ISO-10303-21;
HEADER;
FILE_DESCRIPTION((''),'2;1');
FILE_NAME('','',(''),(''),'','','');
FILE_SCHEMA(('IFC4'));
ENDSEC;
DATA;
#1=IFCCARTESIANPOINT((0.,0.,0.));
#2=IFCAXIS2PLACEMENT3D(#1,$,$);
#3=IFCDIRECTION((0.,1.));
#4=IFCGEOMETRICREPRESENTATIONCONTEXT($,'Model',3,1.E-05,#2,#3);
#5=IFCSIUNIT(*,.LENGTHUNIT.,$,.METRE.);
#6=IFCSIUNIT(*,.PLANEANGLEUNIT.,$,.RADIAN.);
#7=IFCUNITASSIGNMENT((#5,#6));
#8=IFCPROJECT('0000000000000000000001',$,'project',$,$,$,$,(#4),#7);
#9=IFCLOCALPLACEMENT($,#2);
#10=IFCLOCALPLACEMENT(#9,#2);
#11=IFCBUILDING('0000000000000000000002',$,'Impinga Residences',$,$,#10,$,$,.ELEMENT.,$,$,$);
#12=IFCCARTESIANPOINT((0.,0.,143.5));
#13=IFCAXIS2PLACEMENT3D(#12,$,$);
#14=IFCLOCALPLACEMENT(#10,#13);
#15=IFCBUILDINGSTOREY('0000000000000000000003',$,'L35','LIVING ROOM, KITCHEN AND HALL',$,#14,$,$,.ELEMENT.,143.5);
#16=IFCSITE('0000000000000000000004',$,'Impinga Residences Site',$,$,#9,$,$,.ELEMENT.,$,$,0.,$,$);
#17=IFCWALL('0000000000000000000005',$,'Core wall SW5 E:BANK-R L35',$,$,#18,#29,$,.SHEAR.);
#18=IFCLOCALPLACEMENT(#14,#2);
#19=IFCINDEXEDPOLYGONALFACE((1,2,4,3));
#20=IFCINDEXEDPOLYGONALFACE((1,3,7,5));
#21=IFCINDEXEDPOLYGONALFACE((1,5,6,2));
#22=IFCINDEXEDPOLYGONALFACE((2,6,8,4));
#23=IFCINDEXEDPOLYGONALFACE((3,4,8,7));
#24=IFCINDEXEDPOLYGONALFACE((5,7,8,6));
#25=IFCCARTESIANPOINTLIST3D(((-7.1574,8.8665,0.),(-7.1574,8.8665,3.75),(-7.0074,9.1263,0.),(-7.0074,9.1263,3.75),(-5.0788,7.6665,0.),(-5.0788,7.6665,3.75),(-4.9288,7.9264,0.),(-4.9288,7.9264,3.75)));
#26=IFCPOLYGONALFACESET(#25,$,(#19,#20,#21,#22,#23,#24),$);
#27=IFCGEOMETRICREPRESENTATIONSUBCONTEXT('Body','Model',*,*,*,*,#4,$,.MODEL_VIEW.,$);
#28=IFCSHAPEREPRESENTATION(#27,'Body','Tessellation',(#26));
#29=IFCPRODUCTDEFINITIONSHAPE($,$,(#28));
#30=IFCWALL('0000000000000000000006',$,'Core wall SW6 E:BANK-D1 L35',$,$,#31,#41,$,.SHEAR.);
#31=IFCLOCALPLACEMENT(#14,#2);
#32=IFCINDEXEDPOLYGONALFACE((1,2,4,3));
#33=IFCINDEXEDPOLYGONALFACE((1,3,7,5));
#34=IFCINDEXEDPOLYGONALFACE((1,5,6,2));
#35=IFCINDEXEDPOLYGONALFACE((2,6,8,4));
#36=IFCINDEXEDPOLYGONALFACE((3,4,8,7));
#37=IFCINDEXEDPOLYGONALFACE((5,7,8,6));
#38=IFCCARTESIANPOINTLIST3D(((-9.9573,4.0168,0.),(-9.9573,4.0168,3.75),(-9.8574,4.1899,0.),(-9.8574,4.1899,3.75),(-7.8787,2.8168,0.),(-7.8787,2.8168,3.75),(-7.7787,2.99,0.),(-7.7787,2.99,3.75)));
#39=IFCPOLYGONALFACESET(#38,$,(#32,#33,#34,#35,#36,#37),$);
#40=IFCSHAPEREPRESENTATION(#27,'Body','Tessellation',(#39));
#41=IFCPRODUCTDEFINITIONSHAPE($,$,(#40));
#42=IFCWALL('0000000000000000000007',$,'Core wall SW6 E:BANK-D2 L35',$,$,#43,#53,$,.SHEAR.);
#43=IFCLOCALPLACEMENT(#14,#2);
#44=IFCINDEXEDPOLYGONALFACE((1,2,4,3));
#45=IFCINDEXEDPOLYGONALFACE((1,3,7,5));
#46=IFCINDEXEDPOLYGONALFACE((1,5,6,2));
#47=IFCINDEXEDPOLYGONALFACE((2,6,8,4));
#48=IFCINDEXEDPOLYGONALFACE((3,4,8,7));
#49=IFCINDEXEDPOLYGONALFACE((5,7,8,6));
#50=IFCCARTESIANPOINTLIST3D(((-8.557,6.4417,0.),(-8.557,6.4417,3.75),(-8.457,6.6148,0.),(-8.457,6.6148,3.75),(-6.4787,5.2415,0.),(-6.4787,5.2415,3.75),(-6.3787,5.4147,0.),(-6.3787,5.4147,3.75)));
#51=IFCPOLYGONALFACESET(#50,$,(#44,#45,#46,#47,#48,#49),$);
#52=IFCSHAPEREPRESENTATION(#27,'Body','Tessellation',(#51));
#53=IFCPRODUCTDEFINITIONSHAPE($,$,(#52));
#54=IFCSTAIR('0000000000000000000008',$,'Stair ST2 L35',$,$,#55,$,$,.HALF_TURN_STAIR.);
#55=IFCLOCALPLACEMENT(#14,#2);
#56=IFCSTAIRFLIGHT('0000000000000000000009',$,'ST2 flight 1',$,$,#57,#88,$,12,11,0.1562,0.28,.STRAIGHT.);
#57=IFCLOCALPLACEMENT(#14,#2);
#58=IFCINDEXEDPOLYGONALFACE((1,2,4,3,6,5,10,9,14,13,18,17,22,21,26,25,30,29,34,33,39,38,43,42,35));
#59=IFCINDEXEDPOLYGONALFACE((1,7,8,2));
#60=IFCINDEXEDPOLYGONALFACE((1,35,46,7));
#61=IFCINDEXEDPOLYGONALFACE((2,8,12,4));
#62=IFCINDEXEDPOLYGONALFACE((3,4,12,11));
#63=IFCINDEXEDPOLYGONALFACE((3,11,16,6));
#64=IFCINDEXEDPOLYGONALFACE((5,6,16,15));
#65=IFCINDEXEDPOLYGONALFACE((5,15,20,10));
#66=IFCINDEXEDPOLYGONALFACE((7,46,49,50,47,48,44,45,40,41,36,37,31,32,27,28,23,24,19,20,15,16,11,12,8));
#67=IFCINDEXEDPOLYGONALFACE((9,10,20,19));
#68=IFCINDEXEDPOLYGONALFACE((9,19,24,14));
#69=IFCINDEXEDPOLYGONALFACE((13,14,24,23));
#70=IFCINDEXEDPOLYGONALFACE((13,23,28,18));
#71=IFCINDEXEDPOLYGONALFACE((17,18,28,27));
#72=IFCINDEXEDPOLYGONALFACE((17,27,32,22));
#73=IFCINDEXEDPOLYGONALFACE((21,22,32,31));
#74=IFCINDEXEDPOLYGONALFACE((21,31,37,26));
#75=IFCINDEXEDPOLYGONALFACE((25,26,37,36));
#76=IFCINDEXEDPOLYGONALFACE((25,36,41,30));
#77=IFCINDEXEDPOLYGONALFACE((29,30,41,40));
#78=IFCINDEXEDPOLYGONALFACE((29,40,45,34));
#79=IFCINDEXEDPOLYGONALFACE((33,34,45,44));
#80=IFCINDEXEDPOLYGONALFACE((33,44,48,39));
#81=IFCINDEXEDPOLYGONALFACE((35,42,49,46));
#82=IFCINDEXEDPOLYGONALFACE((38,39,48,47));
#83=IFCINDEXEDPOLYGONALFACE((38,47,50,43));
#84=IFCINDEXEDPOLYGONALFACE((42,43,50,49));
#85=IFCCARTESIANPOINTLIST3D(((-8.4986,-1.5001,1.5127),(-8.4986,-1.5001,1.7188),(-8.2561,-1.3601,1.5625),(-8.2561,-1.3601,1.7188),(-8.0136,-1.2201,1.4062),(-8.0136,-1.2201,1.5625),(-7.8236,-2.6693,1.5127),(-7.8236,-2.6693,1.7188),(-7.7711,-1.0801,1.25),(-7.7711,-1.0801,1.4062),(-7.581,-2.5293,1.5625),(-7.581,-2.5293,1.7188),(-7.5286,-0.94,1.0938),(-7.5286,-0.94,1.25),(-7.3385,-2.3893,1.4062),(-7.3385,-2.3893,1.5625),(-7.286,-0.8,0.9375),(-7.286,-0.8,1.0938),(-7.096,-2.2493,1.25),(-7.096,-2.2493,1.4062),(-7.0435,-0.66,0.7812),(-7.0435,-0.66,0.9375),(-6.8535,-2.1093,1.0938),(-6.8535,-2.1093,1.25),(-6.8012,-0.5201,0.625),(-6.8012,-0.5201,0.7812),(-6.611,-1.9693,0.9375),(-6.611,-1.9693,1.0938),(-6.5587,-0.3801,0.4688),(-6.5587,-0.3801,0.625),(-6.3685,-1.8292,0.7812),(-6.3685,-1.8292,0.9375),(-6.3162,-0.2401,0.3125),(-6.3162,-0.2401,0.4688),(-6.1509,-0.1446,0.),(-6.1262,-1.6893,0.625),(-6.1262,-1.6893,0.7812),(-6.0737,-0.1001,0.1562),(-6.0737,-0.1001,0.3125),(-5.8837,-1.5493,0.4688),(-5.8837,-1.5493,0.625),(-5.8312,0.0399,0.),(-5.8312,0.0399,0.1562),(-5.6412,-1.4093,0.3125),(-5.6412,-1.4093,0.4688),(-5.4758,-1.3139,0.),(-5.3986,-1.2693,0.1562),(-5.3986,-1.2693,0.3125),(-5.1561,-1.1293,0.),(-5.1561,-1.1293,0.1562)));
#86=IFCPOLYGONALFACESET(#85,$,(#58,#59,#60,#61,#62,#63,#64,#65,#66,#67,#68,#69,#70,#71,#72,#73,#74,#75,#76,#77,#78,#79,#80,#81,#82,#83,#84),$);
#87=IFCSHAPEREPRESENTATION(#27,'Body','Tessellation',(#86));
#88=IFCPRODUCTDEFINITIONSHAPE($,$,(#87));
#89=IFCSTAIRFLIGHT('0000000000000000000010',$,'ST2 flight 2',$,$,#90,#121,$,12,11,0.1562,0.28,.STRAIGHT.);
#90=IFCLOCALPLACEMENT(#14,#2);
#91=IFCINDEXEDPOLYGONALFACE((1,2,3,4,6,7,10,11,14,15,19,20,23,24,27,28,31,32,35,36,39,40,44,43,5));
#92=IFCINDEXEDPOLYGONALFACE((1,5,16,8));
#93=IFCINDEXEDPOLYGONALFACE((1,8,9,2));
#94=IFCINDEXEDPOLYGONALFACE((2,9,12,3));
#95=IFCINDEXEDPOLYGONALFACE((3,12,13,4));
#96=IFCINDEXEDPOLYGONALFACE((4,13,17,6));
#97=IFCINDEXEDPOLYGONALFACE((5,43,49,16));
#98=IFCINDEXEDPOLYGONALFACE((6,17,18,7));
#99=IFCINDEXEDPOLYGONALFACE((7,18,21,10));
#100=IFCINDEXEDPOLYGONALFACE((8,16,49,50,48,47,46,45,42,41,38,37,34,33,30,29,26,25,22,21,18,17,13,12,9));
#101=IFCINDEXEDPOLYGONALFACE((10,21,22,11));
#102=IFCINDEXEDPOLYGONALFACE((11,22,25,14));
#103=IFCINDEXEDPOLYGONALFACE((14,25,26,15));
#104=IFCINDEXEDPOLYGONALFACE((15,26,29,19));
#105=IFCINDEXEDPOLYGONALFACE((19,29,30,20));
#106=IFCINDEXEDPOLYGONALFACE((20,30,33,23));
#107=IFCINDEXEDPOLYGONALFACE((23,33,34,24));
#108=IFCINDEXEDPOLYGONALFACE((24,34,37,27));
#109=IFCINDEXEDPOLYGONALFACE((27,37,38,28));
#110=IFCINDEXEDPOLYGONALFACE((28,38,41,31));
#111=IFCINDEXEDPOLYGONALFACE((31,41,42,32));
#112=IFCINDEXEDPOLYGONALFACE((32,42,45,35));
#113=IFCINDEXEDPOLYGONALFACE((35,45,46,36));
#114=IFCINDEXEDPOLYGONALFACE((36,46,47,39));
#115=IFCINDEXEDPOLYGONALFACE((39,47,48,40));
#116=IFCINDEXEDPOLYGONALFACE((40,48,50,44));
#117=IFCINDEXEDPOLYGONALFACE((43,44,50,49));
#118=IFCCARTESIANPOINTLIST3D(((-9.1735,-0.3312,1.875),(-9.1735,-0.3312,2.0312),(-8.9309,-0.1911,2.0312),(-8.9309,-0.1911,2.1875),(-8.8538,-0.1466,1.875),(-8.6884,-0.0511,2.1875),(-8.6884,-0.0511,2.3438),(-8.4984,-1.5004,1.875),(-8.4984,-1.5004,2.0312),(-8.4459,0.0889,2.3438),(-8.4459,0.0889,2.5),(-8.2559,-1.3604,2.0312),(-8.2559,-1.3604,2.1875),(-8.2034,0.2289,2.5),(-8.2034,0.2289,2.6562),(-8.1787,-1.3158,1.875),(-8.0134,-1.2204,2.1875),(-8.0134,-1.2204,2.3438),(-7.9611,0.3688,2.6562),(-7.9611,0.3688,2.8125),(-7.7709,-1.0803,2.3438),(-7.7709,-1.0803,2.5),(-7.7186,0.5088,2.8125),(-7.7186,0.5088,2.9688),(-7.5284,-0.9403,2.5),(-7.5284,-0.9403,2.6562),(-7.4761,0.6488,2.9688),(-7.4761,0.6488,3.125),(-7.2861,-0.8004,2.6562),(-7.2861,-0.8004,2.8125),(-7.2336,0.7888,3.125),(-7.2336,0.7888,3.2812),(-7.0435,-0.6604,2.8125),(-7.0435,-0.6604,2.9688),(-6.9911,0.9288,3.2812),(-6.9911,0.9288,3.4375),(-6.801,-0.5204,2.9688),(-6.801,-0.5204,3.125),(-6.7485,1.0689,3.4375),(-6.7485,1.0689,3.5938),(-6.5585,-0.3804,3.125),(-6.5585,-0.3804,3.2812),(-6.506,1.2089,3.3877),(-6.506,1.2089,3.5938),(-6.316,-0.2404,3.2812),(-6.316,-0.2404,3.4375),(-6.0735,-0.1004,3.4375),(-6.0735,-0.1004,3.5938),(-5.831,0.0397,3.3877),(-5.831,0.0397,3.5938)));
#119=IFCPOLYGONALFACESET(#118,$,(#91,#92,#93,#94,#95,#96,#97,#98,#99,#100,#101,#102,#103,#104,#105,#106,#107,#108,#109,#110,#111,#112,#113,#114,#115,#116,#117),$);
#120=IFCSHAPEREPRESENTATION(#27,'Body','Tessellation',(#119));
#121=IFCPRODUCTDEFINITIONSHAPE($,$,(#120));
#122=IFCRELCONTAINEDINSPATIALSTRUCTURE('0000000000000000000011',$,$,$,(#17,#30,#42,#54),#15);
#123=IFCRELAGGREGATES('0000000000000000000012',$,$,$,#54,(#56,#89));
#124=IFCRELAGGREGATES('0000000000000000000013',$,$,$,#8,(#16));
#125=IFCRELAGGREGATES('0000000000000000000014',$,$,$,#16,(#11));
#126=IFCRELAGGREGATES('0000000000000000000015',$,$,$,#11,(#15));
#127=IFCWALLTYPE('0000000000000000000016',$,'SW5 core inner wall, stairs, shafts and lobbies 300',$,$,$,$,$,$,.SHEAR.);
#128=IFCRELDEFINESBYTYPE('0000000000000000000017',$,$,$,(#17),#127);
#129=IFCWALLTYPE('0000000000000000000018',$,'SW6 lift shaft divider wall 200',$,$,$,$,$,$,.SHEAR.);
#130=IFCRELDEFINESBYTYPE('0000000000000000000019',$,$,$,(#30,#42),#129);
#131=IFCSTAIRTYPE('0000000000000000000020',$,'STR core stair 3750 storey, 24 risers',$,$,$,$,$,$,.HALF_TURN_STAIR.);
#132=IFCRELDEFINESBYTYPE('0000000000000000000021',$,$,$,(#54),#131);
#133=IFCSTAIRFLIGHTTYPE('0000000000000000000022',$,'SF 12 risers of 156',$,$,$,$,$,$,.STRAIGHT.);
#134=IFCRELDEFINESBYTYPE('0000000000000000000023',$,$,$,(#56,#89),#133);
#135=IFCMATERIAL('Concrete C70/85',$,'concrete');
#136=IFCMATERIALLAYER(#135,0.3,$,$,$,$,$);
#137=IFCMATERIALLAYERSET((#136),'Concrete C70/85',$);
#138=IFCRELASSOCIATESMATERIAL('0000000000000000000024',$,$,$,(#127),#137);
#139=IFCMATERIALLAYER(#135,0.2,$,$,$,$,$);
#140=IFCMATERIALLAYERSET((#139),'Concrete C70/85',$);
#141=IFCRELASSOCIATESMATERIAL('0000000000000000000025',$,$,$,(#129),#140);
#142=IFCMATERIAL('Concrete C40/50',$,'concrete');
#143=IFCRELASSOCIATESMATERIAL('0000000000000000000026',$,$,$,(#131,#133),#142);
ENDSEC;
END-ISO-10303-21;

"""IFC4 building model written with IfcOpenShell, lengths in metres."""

from ifc_helpers import new_model, si_unit, direction, frame, frame_2d, origin, place, context, subcontext, project, spatial, polyline, rectangle, outline, extrude, material, layer, layer_set, type_object, element, aggregate, save


model = new_model("IFC4")

# Units and contexts
model_context = context("Model", 3, precision=1e-05, world=origin(), true_north=direction((0.0, 1.0)))
body_context = subcontext(model_context, "Body", "Model", "MODEL_VIEW")
ifc_project = project(units=[si_unit("LENGTHUNIT", "METRE"), si_unit("PLANEANGLEUNIT", "RADIAN")], contexts=[model_context])

# Site, building, storey
site_placement = place(None, origin())
site = spatial("IfcSite", under=ifc_project, at=site_placement, Name="Impinga Residences Site", CompositionType="ELEMENT", RefElevation=0.0)
building_placement = place(site_placement, origin())
building = spatial("IfcBuilding", under=site, at=building_placement, Name="Impinga Residences", CompositionType="ELEMENT")
storey_placement = place(building_placement, frame((0.0, 0.0, 143.5)))
storey = spatial("IfcBuildingStorey", under=building, at=storey_placement, Name="L35", Description="LIVING ROOM, KITCHEN AND HALL", CompositionType="ELEMENT", Elevation=143.5)

# Shared definitions
ifc_material_1 = material(Name="Concrete C70/85", Category="concrete")
ifc_layer_1 = layer(ifc_material_1, 0.3)
ifc_layer_set_1 = layer_set([ifc_layer_1], Name="Concrete C70/85")
wall_type_1 = type_object("IfcWallType", Name="SW5 core inner wall, stairs, shafts and lobbies 300", PredefinedType="SHEAR", material=ifc_layer_set_1)

# Walls
for number, where, z_axis, x_axis, name in (
    (1, (-5.0037, 7.7964, 0.0), (0.0, 0.0, 1.0), (-0.86605, 0.499957, 0.0), "Core wall SW5 E:BANK-R L35"),
):
    element("IfcWall", number, at=place(storey_placement, frame(where, z_axis=z_axis, x_axis=x_axis)), inside=storey, type_object=wall_type_1, Name=name, PredefinedType="SHEAR", context=body_context, shape_type="SweptSolid", body=[
        extrude(rectangle(XDim=2.4001, YDim=0.3, at=frame_2d((1.2002, 0.0))), origin(), (0.0, 0.0, 1.0), 3.75),
    ])
ifc_layer_2 = layer(ifc_material_1, 0.2)
ifc_layer_set_2 = layer_set([ifc_layer_2], Name="Concrete C70/85")
wall_type_2 = type_object("IfcWallType", Name="SW6 lift shaft divider wall 200", PredefinedType="SHEAR", material=ifc_layer_set_2)
wall_1_placement = place(storey_placement, frame((-7.8286, 2.9033, 0.0), z_axis=(0.0, 0.0, 1.0), x_axis=(-0.86605, 0.499957, 0.0)))
element("IfcWall", 2, at=wall_1_placement, inside=storey, type_object=wall_type_2, Name="Core wall SW6 E:BANK-D1 L35", PredefinedType="SHEAR", context=body_context, shape_type="SweptSolid", body=[
    extrude(rectangle(XDim=2.4001, YDim=0.2, at=frame_2d((1.2002, 0.0))), origin(), (0.0, 0.0, 1.0), 3.75),
])
wall_2_placement = place(storey_placement, frame((-6.4287, 5.3281, 0.0), z_axis=(0.0, 0.0, 1.0), x_axis=(-0.865981, 0.500078, 0.0)))
element("IfcWall", 3, at=wall_2_placement, inside=storey, type_object=wall_type_2, Name="Core wall SW6 E:BANK-D2 L35", PredefinedType="SHEAR", context=body_context, shape_type="SweptSolid", body=[
    extrude(rectangle(XDim=2.3999, YDim=0.2, at=frame_2d((1.2, 0.0))), origin(), (0.0, 0.0, 1.0), 3.75),
])

# Stair, stair flights
ifc_material_2 = material(Name="Concrete C40/50", Category="concrete")
stair_type = type_object("IfcStairType", Name="STR core stair 3750 storey, 24 risers", PredefinedType="HALF_TURN_STAIR", material=ifc_material_2)
stair_placement = place(storey_placement, origin())
stair = element("IfcStair", 4, at=stair_placement, inside=storey, type_object=stair_type, Name="Stair ST2 L35", PredefinedType="HALF_TURN_STAIR")
stair_flight_type = type_object("IfcStairFlightType", Name="SF 12 risers of 156", PredefinedType="STRAIGHT", material=ifc_material_2)
stair_flight_1_placement = place(storey_placement, frame((-5.4937, -0.5447, 0.0), z_axis=(0.0, 0.0, 1.0), x_axis=(-0.866025, -0.5, 0.0)))
stair_flight_1 = element("IfcStairFlight", 5, at=stair_flight_1_placement, type_object=stair_flight_type, Name="ST2 flight 1", NumberOfRisers=12, NumberOfTreads=11, PredefinedType="STRAIGHT", RiserHeight=0.1562, TreadLength=0.28, context=body_context, shape_type="SweptSolid", body=[
    extrude(outline(polyline([(0.0, 0.0), (0.0, 0.1562), (0.28, 0.1562), (0.28, 0.3125), (0.5601, 0.3125), (0.5601, 0.4688), (0.8401, 0.4688), (0.8401, 0.625), (1.1201, 0.625), (1.1201, 0.7812), (1.3999, 0.7812), (1.3999, 0.9375), (1.6799, 0.9375), (1.6799, 1.0938), (1.96, 1.0938), (1.96, 1.25), (2.24, 1.25), (2.24, 1.4062), (2.52, 1.4062), (2.52, 1.5625), (2.8, 1.5625), (2.8, 1.7188), (3.0801, 1.7188), (3.0801, 1.875), (3.0801, 1.5127), (0.3691, 0.0), (0.0, 0.0)])), frame((0.0, 0.675, 0.0), z_axis=(0.0, -1.0, 0.0), x_axis=(1.0, 0.0, 0.0)), (0.0, 0.0, 1.0), 1.3501),
])
stair_flight_2_placement = place(storey_placement, frame((-8.8359, -0.9158, 1.875), z_axis=(0.0, 0.0, 1.0), x_axis=(0.866025, 0.5, 0.0)))
stair_flight_2 = element("IfcStairFlight", 6, at=stair_flight_2_placement, type_object=stair_flight_type, Name="ST2 flight 2", NumberOfRisers=12, NumberOfTreads=11, PredefinedType="STRAIGHT", RiserHeight=0.1562, TreadLength=0.28, context=body_context, shape_type="SweptSolid", body=[
    extrude(outline(polyline([(0.0, 0.0), (0.0, 0.1562), (0.28, 0.1562), (0.28, 0.3125), (0.5601, 0.3125), (0.5601, 0.4688), (0.8401, 0.4688), (0.8401, 0.625), (1.1201, 0.625), (1.1201, 0.7812), (1.3999, 0.7812), (1.3999, 0.9375), (1.6799, 0.9375), (1.6799, 1.0938), (1.96, 1.0938), (1.96, 1.25), (2.24, 1.25), (2.24, 1.4062), (2.52, 1.4062), (2.52, 1.5625), (2.8, 1.5625), (2.8, 1.7188), (3.0801, 1.7188), (3.0801, 1.875), (3.0801, 1.5127), (0.3691, 0.0), (0.0, 0.0)])), frame((0.0, 0.675, 0.0), z_axis=(0.0, -1.0, 0.0), x_axis=(1.0, 0.0, 0.0)), (0.0, 0.0, 1.0), 1.3501),
])
aggregate(stair, [stair_flight_1, stair_flight_2])

save(model, "model.ifc")
